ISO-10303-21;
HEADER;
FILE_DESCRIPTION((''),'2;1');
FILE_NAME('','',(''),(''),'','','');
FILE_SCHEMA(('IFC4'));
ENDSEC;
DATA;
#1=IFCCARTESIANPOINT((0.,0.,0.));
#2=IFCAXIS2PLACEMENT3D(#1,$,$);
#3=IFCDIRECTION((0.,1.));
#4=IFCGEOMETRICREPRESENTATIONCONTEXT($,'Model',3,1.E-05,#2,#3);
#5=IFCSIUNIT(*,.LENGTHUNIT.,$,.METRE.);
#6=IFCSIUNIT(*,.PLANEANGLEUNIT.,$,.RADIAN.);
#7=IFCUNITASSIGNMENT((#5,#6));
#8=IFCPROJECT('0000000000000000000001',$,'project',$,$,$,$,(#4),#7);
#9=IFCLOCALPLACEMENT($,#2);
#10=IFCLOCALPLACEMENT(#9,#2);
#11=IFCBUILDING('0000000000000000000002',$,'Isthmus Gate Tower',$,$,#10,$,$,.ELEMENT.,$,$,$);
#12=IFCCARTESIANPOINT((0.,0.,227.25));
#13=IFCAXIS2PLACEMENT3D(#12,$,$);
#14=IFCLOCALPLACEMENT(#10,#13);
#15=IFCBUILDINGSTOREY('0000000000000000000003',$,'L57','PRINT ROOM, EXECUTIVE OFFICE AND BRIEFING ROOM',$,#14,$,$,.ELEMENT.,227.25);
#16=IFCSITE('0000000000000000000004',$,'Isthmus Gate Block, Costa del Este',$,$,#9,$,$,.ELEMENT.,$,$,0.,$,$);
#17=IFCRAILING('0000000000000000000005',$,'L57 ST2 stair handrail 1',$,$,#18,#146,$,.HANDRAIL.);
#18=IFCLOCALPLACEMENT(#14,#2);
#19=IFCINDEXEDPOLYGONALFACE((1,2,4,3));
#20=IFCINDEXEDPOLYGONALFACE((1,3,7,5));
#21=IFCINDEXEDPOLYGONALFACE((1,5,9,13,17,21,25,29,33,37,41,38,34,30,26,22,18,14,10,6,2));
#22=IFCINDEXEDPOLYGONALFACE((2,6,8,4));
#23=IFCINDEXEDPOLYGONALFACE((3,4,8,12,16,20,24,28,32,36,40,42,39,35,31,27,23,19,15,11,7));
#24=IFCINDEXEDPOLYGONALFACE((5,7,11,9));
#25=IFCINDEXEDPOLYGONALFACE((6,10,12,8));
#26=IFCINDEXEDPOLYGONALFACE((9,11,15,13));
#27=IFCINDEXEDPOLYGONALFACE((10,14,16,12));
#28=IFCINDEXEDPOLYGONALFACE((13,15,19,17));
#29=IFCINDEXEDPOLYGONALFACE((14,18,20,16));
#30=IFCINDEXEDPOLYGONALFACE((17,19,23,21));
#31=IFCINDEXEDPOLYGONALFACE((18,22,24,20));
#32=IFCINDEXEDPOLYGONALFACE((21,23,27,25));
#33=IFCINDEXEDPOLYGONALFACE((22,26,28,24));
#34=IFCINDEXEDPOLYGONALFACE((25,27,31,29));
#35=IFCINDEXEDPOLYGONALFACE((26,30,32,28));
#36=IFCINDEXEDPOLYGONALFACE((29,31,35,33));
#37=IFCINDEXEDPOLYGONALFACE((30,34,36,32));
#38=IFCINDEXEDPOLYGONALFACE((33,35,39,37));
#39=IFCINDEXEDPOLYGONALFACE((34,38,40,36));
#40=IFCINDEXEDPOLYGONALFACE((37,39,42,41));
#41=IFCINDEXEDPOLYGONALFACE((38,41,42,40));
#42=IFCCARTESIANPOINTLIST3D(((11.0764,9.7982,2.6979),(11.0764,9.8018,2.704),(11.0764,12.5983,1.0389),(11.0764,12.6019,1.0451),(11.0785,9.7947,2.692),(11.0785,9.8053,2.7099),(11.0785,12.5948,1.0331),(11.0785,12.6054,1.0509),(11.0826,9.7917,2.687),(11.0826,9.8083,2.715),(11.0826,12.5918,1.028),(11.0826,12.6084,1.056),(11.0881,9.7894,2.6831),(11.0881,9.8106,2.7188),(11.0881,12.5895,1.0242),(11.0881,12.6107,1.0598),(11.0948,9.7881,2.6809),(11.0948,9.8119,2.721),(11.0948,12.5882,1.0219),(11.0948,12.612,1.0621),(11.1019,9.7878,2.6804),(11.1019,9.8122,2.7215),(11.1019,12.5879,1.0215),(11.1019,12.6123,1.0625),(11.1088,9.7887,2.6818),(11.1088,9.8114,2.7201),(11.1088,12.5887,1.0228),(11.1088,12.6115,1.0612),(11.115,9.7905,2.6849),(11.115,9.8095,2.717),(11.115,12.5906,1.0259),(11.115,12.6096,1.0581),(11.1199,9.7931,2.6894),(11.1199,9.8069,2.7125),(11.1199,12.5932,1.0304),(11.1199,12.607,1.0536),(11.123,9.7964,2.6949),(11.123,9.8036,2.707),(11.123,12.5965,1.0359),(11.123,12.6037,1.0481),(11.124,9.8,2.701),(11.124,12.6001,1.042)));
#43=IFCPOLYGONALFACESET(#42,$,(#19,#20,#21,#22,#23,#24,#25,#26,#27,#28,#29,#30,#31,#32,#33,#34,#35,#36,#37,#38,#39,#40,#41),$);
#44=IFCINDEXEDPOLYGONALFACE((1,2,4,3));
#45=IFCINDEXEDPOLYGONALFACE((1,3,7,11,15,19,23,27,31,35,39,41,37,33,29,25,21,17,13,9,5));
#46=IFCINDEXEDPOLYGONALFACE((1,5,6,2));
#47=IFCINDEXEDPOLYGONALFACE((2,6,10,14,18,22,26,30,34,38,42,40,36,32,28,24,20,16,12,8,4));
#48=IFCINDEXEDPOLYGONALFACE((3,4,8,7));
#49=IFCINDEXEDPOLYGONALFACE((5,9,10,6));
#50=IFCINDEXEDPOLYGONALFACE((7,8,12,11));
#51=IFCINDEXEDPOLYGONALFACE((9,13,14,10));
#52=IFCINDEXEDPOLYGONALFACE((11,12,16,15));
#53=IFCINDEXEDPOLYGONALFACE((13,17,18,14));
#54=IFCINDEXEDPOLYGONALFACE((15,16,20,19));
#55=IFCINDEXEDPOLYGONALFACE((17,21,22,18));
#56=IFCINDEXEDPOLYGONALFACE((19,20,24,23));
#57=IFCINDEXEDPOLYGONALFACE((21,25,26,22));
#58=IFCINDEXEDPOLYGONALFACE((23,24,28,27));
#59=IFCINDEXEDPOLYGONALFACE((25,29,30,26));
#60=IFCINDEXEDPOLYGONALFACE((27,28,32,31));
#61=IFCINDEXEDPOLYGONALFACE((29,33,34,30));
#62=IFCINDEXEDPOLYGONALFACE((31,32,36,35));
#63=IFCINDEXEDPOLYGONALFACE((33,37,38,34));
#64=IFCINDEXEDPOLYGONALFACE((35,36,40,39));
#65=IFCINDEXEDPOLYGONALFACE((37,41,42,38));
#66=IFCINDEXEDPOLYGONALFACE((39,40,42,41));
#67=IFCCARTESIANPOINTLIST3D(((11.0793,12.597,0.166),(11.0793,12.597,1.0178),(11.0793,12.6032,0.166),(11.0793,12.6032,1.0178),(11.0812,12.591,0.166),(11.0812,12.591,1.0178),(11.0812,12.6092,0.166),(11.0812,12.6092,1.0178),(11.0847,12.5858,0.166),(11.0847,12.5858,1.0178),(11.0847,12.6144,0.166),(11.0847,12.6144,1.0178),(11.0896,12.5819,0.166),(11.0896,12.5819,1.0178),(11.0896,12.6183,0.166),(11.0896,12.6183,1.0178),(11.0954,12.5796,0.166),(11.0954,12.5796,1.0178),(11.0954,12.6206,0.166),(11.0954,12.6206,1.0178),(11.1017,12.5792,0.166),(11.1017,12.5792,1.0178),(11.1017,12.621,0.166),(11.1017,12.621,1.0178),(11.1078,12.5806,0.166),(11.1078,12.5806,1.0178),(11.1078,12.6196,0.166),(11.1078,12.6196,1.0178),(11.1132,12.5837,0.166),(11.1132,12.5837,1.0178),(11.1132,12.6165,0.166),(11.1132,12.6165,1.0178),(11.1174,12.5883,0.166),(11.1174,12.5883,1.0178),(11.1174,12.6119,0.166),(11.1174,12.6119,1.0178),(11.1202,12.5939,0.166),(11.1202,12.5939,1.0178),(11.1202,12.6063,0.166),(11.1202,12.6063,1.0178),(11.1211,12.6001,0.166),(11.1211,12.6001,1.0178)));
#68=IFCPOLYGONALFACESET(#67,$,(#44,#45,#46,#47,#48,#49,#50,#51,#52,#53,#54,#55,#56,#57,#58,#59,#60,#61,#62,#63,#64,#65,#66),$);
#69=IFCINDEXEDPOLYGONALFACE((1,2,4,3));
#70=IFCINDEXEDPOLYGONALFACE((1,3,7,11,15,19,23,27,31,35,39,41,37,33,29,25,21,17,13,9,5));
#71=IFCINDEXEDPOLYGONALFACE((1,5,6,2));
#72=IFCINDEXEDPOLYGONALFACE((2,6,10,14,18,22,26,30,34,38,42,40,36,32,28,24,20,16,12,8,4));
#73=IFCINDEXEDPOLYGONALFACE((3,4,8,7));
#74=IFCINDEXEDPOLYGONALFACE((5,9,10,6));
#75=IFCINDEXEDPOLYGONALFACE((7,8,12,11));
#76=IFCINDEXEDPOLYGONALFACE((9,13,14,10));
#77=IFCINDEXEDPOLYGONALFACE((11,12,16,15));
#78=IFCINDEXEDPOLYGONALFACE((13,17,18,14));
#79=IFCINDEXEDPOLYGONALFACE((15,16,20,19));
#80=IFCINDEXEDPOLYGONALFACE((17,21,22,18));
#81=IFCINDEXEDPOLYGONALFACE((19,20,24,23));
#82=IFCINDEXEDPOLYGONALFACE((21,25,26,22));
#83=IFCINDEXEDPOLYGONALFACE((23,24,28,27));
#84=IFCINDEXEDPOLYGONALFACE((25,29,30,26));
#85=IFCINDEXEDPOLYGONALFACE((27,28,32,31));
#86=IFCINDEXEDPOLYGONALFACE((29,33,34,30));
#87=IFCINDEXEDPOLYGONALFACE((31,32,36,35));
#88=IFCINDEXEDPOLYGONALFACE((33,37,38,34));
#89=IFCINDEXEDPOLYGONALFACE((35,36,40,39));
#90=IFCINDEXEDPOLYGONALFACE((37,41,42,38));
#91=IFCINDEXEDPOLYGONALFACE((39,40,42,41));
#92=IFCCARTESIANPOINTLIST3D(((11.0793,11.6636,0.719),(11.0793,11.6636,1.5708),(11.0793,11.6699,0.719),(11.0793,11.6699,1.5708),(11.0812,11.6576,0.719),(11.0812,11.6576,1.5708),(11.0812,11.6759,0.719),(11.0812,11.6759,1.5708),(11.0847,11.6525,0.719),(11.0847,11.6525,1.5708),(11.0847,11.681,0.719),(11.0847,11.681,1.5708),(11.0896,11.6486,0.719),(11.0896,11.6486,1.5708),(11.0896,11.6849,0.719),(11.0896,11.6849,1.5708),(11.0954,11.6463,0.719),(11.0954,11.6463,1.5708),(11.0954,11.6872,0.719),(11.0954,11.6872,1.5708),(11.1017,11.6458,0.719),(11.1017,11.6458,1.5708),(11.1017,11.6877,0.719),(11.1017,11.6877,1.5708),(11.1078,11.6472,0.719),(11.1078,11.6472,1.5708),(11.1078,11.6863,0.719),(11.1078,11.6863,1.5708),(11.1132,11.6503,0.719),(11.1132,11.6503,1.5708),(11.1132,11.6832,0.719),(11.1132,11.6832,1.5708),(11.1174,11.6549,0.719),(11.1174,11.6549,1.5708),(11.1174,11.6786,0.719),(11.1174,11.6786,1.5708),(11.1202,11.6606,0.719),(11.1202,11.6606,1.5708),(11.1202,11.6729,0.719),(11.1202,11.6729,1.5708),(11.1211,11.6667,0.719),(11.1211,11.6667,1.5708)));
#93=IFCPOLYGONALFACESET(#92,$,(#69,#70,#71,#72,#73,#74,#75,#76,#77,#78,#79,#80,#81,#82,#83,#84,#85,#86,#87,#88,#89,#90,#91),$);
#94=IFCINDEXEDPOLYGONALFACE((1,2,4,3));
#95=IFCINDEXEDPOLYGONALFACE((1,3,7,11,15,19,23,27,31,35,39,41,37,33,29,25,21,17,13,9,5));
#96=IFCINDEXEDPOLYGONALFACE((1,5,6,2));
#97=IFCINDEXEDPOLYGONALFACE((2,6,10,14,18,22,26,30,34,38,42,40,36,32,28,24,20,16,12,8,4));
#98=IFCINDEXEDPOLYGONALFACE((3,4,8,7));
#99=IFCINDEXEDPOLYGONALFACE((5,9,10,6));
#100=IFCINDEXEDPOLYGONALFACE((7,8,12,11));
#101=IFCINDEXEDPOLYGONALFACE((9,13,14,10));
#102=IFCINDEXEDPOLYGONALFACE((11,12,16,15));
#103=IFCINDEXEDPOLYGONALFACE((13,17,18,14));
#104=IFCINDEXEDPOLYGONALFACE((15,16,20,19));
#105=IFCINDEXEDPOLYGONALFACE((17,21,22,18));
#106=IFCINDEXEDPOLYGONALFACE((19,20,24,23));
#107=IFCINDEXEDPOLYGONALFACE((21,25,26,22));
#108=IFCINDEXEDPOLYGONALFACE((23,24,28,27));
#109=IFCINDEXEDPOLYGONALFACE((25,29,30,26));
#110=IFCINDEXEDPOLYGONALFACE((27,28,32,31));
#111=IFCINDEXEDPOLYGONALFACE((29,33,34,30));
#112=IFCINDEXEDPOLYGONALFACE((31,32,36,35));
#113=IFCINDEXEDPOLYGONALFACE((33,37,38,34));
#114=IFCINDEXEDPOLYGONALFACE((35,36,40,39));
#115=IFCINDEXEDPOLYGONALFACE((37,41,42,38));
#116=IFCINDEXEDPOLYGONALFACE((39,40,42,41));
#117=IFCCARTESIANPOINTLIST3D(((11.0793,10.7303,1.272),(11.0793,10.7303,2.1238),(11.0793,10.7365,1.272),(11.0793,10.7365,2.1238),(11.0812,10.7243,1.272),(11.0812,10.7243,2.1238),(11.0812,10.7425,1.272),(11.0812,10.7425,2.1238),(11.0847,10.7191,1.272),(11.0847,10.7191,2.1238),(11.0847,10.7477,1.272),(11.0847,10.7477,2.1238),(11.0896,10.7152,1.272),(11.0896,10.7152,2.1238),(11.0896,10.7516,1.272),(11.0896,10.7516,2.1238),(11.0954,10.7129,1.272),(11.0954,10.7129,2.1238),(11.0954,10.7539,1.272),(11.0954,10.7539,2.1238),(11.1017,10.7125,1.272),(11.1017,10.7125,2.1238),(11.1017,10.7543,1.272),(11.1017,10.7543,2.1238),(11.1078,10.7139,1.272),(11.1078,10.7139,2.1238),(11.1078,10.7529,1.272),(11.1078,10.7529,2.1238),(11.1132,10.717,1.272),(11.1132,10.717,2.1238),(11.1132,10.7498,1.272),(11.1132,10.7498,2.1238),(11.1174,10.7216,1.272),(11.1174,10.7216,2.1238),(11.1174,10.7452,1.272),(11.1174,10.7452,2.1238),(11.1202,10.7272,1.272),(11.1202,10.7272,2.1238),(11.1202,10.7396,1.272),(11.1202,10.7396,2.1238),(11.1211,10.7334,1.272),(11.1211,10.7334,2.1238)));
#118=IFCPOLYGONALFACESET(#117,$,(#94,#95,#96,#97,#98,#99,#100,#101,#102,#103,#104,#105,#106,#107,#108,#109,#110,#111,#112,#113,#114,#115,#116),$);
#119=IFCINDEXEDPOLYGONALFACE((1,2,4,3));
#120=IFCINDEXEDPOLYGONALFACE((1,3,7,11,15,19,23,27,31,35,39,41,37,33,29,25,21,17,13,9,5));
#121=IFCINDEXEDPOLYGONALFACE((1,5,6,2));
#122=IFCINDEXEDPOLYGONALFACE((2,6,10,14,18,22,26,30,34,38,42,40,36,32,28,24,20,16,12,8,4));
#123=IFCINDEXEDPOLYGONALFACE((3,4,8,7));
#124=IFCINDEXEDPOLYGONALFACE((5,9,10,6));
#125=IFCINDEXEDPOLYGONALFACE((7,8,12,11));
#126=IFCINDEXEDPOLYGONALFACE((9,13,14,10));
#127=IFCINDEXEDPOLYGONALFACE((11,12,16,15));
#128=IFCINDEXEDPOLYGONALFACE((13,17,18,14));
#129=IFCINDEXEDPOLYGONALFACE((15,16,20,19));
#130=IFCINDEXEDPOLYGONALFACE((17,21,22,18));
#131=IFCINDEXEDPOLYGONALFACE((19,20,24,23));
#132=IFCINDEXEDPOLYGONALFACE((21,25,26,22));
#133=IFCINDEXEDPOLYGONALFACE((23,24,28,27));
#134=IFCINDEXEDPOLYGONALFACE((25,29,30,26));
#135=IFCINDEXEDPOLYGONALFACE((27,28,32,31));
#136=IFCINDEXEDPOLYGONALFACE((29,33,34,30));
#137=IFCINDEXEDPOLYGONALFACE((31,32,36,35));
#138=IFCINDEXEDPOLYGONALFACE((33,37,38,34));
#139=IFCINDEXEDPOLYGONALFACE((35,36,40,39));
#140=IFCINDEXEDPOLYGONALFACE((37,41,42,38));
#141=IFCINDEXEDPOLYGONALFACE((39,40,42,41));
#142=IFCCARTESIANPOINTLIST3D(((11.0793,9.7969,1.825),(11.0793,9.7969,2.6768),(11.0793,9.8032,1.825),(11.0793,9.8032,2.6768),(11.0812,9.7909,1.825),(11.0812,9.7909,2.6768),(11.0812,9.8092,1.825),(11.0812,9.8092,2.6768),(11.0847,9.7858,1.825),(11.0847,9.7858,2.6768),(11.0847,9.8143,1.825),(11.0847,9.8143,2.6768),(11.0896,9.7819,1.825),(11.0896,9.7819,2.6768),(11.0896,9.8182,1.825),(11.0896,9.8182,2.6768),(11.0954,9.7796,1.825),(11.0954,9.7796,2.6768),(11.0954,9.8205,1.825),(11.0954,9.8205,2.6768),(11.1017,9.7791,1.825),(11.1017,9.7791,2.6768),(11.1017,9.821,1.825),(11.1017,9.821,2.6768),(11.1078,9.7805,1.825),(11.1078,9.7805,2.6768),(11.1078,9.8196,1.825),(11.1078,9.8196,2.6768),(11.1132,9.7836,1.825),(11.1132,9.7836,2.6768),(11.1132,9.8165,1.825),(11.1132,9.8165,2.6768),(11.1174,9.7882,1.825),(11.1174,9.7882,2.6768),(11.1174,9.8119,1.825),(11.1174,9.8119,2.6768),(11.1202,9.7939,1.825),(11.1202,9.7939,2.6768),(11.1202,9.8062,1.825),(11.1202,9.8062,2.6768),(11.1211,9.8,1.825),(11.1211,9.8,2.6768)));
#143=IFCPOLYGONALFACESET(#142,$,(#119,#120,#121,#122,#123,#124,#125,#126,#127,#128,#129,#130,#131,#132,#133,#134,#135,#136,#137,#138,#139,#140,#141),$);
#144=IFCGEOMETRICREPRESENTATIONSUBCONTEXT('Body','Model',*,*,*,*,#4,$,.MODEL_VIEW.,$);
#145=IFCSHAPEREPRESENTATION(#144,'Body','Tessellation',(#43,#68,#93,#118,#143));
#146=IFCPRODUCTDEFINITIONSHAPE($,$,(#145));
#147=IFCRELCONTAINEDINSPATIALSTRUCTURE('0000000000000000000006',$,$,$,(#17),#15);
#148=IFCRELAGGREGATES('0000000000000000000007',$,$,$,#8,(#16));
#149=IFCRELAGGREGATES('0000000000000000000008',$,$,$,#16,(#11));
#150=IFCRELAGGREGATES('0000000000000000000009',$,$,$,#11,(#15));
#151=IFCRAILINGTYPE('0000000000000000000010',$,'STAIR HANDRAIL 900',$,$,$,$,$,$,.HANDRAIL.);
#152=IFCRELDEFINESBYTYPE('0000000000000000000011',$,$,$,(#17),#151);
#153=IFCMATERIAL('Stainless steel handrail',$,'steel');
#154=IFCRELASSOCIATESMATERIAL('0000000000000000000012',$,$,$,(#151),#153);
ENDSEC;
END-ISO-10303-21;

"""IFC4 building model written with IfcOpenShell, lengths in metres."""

from ifc_helpers import new_model, si_unit, direction, frame, origin, origin_2d, place, context, subcontext, project, spatial, circle, extrude, material, type_object, element, save


model = new_model("IFC4")

# Units and contexts
model_context = context("Model", 3, precision=1e-05, world=origin(), true_north=direction((0.0, 1.0)))
body_context = subcontext(model_context, "Body", "Model", "MODEL_VIEW")
ifc_project = project(units=[si_unit("LENGTHUNIT", "METRE"), si_unit("PLANEANGLEUNIT", "RADIAN")], contexts=[model_context])

# Site, building, storey
site_placement = place(None, origin())
site = spatial("IfcSite", under=ifc_project, at=site_placement, Name="Isthmus Gate Block, Costa del Este", CompositionType="ELEMENT", RefElevation=0.0)
building_placement = place(site_placement, origin())
building = spatial("IfcBuilding", under=site, at=building_placement, Name="Isthmus Gate Tower", CompositionType="ELEMENT")
storey_placement = place(building_placement, frame((0.0, 0.0, 227.25)))
storey = spatial("IfcBuildingStorey", under=building, at=storey_placement, Name="L57", Description="PRINT ROOM, EXECUTIVE OFFICE AND BRIEFING ROOM", CompositionType="ELEMENT", Elevation=227.25)

# Railing
ifc_material_1 = material(Name="Stainless steel handrail", Category="steel")
railing_type = type_object("IfcRailingType", Name="STAIR HANDRAIL 900", PredefinedType="HANDRAIL", material=ifc_material_1)
railing_placement = place(storey_placement, frame((11.1001, 12.6001, 0.166)))
element("IfcRailing", 1, at=railing_placement, inside=storey, type_object=railing_type, Name="L57 ST2 stair handrail 1", PredefinedType="HANDRAIL", context=body_context, shape_type="SweptSolid", body=[
    extrude(circle(Radius=0.0239, at=origin_2d()), frame((0.0, 0.0, 0.876), z_axis=(0.0, -0.860339, 0.509722), x_axis=(1.0, 0.0, 0.0)), (0.0, 0.0, 1.0), 3.2546),
    extrude(circle(Radius=0.021, at=origin_2d()), origin(), (0.0, 0.0, 1.0), 0.8518),
    extrude(circle(Radius=0.021, at=origin_2d()), frame((0.0, -0.9333, 0.553)), (0.0, 0.0, 1.0), 0.8518),
    extrude(circle(Radius=0.021, at=origin_2d()), frame((0.0, -1.8667, 1.106)), (0.0, 0.0, 1.0), 0.8518),
    extrude(circle(Radius=0.021, at=origin_2d()), frame((0.0, -2.8, 1.6589)), (0.0, 0.0, 1.0), 0.8518),
])

save(model, "model.ifc")
